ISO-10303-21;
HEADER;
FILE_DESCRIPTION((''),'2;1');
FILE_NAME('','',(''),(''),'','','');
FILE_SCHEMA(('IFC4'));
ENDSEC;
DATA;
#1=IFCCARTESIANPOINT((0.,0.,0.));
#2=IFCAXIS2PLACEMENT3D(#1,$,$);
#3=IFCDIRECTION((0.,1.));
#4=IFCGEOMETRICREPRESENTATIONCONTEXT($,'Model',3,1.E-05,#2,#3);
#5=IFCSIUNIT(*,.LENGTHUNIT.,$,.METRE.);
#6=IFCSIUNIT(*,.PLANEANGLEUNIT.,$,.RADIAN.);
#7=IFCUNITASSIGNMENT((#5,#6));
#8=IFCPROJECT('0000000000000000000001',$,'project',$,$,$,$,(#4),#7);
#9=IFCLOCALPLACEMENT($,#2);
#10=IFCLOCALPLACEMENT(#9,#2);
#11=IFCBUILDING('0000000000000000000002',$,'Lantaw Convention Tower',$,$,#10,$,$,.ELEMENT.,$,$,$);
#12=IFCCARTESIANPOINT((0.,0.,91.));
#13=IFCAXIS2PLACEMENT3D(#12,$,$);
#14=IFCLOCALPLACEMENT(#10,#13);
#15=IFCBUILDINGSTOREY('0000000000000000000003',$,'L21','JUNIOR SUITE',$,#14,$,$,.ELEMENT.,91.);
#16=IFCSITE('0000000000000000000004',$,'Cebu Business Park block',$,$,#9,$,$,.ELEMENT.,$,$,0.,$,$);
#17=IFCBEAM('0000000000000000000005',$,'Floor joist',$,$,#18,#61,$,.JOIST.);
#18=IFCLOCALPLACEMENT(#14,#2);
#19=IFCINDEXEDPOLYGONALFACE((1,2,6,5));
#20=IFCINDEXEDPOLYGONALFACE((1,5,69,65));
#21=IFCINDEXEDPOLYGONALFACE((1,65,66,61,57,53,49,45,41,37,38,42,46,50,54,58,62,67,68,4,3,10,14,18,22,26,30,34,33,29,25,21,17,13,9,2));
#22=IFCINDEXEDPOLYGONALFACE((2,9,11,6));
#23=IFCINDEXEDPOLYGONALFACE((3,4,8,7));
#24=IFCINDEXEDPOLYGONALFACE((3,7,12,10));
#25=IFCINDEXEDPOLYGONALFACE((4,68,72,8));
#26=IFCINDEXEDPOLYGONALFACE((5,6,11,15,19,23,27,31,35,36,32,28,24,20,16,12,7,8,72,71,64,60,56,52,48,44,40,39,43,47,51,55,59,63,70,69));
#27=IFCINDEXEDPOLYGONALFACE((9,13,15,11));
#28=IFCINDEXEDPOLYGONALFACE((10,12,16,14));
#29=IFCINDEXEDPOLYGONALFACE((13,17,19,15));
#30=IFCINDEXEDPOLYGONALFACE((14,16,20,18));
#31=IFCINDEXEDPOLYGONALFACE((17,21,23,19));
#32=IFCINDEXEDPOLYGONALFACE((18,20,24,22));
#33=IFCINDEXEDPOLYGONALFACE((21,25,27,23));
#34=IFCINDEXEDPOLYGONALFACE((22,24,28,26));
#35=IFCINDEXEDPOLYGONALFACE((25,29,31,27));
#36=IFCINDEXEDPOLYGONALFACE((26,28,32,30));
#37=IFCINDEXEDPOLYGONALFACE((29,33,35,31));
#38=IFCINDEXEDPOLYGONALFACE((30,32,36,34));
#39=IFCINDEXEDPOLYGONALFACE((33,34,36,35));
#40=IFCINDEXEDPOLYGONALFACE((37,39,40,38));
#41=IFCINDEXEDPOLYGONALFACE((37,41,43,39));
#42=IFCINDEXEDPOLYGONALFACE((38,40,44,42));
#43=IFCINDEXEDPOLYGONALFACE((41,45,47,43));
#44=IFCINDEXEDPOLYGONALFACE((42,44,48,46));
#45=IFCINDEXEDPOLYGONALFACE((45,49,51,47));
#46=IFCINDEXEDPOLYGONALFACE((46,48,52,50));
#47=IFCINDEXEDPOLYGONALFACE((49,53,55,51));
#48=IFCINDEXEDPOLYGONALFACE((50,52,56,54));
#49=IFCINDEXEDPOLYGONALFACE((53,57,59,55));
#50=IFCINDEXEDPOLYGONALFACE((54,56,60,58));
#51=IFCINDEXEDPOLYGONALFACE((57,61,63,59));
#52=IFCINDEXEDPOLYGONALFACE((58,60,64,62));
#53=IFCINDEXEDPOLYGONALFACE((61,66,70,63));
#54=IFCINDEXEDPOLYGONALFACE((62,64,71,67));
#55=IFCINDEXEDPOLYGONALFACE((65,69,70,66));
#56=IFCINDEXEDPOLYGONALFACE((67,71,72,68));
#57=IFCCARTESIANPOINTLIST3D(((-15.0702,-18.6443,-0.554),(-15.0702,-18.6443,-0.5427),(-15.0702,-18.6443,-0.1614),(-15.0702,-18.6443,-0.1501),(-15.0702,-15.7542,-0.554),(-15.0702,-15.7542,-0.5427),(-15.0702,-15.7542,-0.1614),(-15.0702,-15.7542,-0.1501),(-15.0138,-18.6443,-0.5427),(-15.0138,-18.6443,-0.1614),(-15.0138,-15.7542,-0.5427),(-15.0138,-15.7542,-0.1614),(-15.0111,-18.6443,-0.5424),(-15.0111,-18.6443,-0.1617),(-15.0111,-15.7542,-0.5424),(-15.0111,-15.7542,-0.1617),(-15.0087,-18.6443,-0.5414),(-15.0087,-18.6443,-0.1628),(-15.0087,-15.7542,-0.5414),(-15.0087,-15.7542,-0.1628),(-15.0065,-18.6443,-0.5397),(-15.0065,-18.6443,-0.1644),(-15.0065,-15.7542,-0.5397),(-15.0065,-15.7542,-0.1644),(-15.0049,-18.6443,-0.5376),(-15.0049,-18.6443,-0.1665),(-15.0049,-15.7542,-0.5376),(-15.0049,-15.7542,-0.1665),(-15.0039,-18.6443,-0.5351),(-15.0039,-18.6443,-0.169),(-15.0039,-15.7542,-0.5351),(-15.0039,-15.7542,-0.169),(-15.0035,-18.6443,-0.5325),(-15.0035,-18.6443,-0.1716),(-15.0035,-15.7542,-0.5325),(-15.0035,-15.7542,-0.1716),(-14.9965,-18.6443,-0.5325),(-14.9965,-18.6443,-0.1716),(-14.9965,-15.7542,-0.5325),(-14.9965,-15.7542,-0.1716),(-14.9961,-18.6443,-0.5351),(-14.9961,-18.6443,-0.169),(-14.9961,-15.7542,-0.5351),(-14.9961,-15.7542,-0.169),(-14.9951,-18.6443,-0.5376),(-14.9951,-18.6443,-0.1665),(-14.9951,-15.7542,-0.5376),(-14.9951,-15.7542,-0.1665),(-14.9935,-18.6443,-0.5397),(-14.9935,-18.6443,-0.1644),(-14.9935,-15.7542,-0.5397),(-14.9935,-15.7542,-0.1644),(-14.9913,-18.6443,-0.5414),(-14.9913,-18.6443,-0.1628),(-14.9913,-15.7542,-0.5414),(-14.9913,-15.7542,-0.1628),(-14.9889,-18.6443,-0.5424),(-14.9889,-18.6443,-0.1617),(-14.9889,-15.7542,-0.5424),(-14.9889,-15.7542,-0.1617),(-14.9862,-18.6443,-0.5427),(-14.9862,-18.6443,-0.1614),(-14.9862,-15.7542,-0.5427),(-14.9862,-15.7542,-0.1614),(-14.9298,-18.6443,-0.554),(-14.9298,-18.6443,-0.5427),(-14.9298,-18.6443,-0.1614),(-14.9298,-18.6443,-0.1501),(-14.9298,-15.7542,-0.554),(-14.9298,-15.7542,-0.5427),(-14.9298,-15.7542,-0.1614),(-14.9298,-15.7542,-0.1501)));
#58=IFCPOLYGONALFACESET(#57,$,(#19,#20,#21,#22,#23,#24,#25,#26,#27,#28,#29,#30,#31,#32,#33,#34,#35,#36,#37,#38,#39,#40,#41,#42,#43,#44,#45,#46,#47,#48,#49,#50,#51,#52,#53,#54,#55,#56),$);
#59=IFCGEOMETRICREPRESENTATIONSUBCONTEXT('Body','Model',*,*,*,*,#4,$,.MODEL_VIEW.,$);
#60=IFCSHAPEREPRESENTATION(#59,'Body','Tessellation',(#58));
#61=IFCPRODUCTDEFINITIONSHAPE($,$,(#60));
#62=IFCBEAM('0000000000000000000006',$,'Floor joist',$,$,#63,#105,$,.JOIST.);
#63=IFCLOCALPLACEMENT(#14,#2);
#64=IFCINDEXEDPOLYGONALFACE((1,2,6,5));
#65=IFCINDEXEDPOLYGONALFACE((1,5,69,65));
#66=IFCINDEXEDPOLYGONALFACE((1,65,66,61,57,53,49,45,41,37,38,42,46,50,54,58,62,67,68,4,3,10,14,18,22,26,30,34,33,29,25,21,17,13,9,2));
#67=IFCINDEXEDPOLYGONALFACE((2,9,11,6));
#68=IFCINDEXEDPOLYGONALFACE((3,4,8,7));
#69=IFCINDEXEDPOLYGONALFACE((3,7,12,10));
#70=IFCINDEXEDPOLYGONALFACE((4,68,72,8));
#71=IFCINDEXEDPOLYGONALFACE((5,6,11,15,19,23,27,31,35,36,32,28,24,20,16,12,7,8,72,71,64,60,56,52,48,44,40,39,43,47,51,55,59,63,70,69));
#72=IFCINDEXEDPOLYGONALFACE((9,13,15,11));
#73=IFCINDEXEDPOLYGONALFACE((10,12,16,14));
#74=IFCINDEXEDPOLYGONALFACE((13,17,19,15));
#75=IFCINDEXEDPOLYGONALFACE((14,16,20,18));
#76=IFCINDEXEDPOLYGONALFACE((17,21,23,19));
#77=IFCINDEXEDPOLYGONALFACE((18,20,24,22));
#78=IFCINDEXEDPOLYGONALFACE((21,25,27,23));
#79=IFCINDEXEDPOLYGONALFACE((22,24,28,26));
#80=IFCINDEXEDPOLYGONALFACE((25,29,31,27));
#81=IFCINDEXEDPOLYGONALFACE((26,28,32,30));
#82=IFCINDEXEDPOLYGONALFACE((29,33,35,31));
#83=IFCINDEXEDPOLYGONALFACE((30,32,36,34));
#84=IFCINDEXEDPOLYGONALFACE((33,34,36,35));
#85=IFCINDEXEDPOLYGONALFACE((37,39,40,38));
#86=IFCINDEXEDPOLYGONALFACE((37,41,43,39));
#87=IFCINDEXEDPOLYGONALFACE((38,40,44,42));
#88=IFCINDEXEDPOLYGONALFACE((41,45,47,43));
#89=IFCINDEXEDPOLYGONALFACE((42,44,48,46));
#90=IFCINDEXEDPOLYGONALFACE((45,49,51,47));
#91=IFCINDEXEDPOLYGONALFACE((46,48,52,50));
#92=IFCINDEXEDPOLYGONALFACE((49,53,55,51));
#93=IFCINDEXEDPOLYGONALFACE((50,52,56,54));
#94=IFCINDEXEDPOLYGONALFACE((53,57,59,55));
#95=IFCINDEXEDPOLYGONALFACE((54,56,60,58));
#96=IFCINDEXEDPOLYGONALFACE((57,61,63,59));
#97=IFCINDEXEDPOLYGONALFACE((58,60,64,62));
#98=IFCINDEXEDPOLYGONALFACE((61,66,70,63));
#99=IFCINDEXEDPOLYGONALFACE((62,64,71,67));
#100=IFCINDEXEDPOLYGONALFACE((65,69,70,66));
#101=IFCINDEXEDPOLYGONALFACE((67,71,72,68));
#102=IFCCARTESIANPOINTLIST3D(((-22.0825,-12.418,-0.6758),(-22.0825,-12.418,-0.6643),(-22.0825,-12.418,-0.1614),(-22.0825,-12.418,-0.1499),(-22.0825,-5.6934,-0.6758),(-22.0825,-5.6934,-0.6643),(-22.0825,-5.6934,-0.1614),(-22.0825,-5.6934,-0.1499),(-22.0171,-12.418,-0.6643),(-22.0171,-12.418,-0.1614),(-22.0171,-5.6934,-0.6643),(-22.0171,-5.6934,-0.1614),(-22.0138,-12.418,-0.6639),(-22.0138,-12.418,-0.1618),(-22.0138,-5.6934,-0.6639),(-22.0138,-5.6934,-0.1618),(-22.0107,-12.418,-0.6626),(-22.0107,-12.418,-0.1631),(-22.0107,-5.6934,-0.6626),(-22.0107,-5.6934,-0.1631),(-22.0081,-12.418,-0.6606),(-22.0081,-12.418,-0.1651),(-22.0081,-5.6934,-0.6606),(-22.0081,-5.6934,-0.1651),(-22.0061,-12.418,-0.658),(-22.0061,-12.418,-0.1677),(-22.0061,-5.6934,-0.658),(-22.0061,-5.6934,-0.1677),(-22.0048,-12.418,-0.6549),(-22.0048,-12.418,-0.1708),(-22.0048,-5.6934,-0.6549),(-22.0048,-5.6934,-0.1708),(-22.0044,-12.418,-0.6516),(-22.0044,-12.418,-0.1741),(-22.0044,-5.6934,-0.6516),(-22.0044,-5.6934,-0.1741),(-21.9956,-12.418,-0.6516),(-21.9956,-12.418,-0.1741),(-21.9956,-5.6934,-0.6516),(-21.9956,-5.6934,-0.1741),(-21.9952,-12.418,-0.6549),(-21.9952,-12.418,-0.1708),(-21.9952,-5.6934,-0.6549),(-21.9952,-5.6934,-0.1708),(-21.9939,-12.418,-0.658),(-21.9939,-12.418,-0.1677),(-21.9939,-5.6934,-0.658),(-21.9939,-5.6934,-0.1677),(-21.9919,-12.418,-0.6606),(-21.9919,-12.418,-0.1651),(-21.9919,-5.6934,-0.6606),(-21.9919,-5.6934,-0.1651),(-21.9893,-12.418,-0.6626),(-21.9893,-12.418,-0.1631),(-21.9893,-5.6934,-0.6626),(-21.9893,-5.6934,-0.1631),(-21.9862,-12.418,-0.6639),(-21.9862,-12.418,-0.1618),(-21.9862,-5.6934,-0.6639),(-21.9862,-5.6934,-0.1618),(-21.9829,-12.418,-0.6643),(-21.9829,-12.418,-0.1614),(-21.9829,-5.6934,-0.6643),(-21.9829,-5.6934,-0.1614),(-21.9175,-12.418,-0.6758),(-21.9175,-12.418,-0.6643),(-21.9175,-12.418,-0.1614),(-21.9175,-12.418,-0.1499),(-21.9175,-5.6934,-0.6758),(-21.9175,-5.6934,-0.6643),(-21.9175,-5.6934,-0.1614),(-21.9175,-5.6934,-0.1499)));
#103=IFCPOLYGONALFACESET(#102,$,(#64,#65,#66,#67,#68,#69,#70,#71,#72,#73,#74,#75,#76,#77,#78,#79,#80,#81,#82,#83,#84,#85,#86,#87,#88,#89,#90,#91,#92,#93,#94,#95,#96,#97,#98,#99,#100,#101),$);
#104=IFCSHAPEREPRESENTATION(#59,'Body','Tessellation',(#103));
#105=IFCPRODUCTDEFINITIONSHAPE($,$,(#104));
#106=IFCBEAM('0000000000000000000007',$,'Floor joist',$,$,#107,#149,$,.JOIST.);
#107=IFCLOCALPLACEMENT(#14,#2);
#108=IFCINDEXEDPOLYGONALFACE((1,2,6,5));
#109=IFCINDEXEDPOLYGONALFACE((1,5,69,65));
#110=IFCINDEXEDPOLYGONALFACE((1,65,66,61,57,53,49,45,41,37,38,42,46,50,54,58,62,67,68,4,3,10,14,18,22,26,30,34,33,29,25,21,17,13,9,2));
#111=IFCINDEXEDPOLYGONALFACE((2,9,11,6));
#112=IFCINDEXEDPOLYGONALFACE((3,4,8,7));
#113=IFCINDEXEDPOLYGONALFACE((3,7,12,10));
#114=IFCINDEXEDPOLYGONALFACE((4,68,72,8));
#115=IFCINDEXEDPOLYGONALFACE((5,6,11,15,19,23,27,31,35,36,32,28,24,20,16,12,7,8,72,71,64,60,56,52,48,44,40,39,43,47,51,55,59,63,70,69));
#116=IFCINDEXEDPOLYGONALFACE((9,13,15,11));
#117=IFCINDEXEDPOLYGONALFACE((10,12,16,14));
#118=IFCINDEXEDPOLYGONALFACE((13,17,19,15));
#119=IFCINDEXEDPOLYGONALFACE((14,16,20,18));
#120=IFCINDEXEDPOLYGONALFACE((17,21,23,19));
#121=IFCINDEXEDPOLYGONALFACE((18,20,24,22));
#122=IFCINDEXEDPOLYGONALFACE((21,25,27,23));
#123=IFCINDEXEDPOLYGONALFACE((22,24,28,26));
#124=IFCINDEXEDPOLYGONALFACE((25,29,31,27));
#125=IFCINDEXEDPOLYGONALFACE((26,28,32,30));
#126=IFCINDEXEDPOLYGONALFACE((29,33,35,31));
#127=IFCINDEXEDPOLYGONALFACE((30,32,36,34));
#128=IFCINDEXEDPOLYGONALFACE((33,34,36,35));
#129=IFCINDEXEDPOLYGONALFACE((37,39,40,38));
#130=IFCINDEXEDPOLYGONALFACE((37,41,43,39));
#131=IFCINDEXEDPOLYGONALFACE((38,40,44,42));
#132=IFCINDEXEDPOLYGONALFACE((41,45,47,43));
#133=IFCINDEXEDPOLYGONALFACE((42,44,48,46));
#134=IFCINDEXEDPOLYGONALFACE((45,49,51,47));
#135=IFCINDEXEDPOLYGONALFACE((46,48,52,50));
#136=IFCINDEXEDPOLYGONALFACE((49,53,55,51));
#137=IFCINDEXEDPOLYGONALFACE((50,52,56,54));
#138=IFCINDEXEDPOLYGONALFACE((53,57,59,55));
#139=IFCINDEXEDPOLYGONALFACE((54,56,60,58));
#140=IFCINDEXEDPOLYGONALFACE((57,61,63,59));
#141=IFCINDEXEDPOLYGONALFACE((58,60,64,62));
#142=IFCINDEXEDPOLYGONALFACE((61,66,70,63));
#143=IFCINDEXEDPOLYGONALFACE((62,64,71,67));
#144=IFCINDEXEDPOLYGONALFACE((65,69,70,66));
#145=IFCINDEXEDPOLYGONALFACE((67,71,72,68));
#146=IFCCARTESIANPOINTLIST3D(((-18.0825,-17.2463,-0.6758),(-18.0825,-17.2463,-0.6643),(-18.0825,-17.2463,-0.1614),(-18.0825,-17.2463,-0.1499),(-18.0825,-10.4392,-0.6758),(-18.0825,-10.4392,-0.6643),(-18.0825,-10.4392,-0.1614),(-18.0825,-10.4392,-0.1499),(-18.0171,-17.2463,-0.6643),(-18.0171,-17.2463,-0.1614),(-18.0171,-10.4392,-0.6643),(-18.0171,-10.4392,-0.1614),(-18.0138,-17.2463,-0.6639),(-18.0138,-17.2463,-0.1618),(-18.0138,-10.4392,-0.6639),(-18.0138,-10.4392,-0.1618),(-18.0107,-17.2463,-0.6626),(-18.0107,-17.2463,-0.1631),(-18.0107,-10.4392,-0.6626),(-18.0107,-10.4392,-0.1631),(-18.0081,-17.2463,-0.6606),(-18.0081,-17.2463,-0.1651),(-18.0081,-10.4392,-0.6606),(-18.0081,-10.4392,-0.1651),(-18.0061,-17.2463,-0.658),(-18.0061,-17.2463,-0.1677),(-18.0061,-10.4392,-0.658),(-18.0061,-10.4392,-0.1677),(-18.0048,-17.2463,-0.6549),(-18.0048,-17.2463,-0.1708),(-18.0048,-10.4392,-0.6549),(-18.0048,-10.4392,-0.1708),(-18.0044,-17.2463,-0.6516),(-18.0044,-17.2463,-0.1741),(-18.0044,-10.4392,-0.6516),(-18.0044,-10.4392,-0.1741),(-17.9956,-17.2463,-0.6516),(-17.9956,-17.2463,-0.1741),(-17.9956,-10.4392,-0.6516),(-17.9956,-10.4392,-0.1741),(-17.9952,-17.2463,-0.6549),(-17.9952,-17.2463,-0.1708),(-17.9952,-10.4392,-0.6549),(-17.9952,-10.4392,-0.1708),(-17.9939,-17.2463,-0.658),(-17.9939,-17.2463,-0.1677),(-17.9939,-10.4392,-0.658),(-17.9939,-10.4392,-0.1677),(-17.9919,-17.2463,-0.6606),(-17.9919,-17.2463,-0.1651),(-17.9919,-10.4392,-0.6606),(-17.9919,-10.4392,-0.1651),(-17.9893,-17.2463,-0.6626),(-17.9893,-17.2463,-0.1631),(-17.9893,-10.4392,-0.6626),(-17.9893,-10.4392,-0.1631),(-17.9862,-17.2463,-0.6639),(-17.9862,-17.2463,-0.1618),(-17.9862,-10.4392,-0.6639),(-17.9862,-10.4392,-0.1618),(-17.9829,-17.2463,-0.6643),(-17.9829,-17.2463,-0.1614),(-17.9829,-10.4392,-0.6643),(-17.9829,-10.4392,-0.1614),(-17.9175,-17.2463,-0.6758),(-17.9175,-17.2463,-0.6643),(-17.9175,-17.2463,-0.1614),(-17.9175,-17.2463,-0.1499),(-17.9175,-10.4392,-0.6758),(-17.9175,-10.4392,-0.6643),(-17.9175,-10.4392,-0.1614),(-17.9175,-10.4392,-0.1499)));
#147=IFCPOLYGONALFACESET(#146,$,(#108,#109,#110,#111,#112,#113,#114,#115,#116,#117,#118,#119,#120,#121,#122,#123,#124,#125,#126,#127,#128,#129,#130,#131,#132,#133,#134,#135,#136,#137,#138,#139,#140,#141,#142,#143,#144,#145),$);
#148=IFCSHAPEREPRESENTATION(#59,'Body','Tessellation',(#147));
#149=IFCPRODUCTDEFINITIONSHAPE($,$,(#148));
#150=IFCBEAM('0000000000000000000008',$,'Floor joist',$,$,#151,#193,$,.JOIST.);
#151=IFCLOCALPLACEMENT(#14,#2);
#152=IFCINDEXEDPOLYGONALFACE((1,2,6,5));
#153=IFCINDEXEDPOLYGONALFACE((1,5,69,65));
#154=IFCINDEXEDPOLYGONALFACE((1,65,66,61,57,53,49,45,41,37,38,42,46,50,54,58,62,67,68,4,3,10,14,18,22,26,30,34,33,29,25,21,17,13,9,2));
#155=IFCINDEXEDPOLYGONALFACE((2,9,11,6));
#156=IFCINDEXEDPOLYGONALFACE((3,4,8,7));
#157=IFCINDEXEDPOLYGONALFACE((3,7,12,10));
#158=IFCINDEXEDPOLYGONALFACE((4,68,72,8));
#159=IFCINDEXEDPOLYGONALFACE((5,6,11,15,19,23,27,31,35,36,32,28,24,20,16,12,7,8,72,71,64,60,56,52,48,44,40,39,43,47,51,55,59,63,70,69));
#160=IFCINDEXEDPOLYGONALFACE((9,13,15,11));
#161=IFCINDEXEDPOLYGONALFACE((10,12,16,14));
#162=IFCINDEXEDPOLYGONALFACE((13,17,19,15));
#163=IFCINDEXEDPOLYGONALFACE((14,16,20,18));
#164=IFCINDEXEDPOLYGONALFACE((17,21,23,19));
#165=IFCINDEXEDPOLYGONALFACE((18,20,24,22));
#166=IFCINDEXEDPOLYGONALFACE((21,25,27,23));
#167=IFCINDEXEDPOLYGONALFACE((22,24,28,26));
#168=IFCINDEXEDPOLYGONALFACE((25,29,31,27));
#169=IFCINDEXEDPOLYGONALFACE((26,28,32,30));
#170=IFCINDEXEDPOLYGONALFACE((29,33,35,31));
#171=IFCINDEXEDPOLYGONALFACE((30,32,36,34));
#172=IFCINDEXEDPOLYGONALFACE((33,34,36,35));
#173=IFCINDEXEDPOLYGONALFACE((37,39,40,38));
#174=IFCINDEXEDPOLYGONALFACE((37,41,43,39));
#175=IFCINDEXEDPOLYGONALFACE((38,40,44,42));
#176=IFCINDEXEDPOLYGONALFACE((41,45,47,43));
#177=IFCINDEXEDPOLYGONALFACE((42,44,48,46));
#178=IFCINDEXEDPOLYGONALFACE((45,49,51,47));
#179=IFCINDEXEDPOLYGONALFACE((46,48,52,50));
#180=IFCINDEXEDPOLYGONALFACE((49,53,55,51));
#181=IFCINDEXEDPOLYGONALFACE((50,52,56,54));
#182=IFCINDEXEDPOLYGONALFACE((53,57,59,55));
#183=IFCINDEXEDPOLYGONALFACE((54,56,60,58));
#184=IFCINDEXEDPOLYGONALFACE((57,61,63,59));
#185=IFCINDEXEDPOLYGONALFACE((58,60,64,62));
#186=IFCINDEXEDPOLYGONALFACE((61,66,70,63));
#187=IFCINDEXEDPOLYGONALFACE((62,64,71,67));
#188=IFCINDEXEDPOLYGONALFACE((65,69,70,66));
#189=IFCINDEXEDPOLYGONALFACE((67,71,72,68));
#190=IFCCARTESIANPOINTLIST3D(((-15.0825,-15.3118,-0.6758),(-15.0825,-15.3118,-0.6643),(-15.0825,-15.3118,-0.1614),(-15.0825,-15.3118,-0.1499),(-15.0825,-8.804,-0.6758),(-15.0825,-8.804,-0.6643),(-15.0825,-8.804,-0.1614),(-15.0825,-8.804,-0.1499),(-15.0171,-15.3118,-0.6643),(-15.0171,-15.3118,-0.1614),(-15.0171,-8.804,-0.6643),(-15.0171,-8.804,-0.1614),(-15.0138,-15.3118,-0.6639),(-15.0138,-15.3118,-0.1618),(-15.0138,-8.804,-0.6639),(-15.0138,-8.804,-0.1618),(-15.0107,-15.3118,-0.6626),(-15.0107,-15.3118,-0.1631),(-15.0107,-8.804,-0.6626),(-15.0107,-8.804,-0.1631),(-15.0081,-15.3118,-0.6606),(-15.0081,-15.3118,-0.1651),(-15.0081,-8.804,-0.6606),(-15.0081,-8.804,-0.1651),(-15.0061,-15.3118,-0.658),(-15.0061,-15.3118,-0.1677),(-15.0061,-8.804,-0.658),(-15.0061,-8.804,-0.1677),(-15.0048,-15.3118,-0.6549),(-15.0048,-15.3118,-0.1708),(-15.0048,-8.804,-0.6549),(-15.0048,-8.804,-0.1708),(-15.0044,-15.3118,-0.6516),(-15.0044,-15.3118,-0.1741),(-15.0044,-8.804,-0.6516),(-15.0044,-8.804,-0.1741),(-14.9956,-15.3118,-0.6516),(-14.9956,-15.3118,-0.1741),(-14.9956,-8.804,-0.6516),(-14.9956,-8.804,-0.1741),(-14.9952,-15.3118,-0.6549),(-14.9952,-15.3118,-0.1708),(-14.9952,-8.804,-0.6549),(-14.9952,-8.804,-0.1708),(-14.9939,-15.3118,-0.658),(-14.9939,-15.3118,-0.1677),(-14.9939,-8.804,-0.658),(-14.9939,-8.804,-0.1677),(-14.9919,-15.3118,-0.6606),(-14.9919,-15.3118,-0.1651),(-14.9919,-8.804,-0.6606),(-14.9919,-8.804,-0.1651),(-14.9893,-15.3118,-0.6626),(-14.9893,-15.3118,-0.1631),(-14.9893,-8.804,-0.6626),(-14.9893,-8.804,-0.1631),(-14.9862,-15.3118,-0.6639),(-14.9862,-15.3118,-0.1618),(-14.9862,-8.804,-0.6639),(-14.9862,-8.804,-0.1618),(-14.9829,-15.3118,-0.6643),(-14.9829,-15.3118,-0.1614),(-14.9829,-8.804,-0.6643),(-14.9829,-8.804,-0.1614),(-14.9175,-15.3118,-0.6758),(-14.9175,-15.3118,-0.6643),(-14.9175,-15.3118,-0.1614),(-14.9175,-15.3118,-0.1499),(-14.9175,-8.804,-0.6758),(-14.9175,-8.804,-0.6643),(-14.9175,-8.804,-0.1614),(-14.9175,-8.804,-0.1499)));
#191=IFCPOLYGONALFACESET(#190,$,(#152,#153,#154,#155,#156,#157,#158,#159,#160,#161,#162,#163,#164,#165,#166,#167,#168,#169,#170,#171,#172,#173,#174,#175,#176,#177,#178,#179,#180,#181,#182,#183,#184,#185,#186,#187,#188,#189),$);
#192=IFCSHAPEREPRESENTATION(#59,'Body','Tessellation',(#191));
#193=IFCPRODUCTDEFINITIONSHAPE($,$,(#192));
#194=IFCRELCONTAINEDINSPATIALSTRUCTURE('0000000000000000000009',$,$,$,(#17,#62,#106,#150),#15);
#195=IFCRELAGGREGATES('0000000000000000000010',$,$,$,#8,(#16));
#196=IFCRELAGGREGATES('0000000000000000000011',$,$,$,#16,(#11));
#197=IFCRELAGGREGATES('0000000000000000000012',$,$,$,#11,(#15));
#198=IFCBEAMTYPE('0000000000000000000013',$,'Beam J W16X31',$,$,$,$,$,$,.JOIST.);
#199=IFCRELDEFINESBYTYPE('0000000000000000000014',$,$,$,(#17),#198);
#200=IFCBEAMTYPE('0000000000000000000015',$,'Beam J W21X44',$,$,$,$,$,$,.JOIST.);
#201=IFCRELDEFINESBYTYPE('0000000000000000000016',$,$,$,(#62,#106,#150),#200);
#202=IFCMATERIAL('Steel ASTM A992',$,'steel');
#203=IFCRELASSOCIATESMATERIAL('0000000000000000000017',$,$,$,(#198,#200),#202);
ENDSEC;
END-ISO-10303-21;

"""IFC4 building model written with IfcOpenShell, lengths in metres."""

from ifc_helpers import new_model, si_unit, direction, frame, origin, origin_2d, place, context, subcontext, project, spatial, i_section, extrude, material, material_profile, profile_set, type_object, element, save


model = new_model("IFC4")

# Units and contexts
model_context = context("Model", 3, precision=1e-05, world=origin(), true_north=direction((0.0, 1.0)))
body_context = subcontext(model_context, "Body", "Model", "MODEL_VIEW")
ifc_project = project(units=[si_unit("LENGTHUNIT", "METRE"), si_unit("PLANEANGLEUNIT", "RADIAN")], contexts=[model_context])

# Site, building, storey
site_placement = place(None, origin())
site = spatial("IfcSite", under=ifc_project, at=site_placement, Name="Cebu Business Park block", CompositionType="ELEMENT", RefElevation=0.0)
building_placement = place(site_placement, origin())
building = spatial("IfcBuilding", under=site, at=building_placement, Name="Lantaw Convention Tower", CompositionType="ELEMENT")
storey_placement = place(building_placement, frame((0.0, 0.0, 91.0)))
storey = spatial("IfcBuildingStorey", under=building, at=storey_placement, Name="L21", Description="JUNIOR SUITE", CompositionType="ELEMENT", Elevation=91.0)

# Beams
ifc_material_1 = material(Name="Steel ASTM A992", Category="steel")
ifc_material_profile_1 = material_profile(ifc_material_1, i_section(OverallWidth=0.1404, OverallDepth=0.4038, WebThickness=0.0071, FlangeThickness=0.0112, FilletRadius=0.0103, at=origin_2d()), Name="W16X31")
ifc_profile_set_1 = profile_set([ifc_material_profile_1], Name="Steel ASTM A992")
beam_type_1 = type_object("IfcBeamType", Name="Beam J W16X31", PredefinedType="JOIST", material=ifc_profile_set_1)
beam_1_placement = place(storey_placement, frame((-15.0, -18.6443, -0.3521), z_axis=(0.0, 1.0, 0.0), x_axis=(-1.0, 0.0, 0.0)))
element("IfcBeam", 1, at=beam_1_placement, inside=storey, type_object=beam_type_1, Name="Floor joist", PredefinedType="JOIST", context=body_context, shape_type="SweptSolid", body=[
    extrude(i_section(OverallWidth=0.1404, OverallDepth=0.4038, WebThickness=0.0071, FlangeThickness=0.0112, FilletRadius=0.0103, at=origin_2d()), origin(), (0.0, 0.0, 1.0), 2.8901),
])
ifc_material_profile_2 = material_profile(ifc_material_1, i_section(OverallWidth=0.165, OverallDepth=0.5259, WebThickness=0.0088, FlangeThickness=0.0115, FilletRadius=0.0127, at=origin_2d()), Name="W21X44")
ifc_profile_set_2 = profile_set([ifc_material_profile_2], Name="Steel ASTM A992")
beam_type_2 = type_object("IfcBeamType", Name="Beam J W21X44", PredefinedType="JOIST", material=ifc_profile_set_2)
beam_2_placement = place(storey_placement, frame((-22.0, -12.418, -0.4128), z_axis=(0.0, 1.0, 0.0), x_axis=(-1.0, 0.0, 0.0)))
element("IfcBeam", 2, at=beam_2_placement, inside=storey, type_object=beam_type_2, Name="Floor joist", PredefinedType="JOIST", context=body_context, shape_type="SweptSolid", body=[
    extrude(i_section(OverallWidth=0.165, OverallDepth=0.5259, WebThickness=0.0088, FlangeThickness=0.0115, FilletRadius=0.0127, at=origin_2d()), origin(), (0.0, 0.0, 1.0), 6.7246),
])
beam_3_placement = place(storey_placement, frame((-18.0, -17.2463, -0.4128), z_axis=(0.0, 1.0, 0.0), x_axis=(-1.0, 0.0, 0.0)))
element("IfcBeam", 3, at=beam_3_placement, inside=storey, type_object=beam_type_2, Name="Floor joist", PredefinedType="JOIST", context=body_context, shape_type="SweptSolid", body=[
    extrude(i_section(OverallWidth=0.165, OverallDepth=0.5259, WebThickness=0.0088, FlangeThickness=0.0115, FilletRadius=0.0127, at=origin_2d()), origin(), (0.0, 0.0, 1.0), 6.8071),
])
beam_4_placement = place(storey_placement, frame((-15.0, -15.3118, -0.4128), z_axis=(0.0, 1.0, 0.0), x_axis=(-1.0, 0.0, 0.0)))
element("IfcBeam", 4, at=beam_4_placement, inside=storey, type_object=beam_type_2, Name="Floor joist", PredefinedType="JOIST", context=body_context, shape_type="SweptSolid", body=[
    extrude(i_section(OverallWidth=0.165, OverallDepth=0.5259, WebThickness=0.0088, FlangeThickness=0.0115, FilletRadius=0.0127, at=origin_2d()), origin(), (0.0, 0.0, 1.0), 6.5078),
])

save(model, "model.ifc")
